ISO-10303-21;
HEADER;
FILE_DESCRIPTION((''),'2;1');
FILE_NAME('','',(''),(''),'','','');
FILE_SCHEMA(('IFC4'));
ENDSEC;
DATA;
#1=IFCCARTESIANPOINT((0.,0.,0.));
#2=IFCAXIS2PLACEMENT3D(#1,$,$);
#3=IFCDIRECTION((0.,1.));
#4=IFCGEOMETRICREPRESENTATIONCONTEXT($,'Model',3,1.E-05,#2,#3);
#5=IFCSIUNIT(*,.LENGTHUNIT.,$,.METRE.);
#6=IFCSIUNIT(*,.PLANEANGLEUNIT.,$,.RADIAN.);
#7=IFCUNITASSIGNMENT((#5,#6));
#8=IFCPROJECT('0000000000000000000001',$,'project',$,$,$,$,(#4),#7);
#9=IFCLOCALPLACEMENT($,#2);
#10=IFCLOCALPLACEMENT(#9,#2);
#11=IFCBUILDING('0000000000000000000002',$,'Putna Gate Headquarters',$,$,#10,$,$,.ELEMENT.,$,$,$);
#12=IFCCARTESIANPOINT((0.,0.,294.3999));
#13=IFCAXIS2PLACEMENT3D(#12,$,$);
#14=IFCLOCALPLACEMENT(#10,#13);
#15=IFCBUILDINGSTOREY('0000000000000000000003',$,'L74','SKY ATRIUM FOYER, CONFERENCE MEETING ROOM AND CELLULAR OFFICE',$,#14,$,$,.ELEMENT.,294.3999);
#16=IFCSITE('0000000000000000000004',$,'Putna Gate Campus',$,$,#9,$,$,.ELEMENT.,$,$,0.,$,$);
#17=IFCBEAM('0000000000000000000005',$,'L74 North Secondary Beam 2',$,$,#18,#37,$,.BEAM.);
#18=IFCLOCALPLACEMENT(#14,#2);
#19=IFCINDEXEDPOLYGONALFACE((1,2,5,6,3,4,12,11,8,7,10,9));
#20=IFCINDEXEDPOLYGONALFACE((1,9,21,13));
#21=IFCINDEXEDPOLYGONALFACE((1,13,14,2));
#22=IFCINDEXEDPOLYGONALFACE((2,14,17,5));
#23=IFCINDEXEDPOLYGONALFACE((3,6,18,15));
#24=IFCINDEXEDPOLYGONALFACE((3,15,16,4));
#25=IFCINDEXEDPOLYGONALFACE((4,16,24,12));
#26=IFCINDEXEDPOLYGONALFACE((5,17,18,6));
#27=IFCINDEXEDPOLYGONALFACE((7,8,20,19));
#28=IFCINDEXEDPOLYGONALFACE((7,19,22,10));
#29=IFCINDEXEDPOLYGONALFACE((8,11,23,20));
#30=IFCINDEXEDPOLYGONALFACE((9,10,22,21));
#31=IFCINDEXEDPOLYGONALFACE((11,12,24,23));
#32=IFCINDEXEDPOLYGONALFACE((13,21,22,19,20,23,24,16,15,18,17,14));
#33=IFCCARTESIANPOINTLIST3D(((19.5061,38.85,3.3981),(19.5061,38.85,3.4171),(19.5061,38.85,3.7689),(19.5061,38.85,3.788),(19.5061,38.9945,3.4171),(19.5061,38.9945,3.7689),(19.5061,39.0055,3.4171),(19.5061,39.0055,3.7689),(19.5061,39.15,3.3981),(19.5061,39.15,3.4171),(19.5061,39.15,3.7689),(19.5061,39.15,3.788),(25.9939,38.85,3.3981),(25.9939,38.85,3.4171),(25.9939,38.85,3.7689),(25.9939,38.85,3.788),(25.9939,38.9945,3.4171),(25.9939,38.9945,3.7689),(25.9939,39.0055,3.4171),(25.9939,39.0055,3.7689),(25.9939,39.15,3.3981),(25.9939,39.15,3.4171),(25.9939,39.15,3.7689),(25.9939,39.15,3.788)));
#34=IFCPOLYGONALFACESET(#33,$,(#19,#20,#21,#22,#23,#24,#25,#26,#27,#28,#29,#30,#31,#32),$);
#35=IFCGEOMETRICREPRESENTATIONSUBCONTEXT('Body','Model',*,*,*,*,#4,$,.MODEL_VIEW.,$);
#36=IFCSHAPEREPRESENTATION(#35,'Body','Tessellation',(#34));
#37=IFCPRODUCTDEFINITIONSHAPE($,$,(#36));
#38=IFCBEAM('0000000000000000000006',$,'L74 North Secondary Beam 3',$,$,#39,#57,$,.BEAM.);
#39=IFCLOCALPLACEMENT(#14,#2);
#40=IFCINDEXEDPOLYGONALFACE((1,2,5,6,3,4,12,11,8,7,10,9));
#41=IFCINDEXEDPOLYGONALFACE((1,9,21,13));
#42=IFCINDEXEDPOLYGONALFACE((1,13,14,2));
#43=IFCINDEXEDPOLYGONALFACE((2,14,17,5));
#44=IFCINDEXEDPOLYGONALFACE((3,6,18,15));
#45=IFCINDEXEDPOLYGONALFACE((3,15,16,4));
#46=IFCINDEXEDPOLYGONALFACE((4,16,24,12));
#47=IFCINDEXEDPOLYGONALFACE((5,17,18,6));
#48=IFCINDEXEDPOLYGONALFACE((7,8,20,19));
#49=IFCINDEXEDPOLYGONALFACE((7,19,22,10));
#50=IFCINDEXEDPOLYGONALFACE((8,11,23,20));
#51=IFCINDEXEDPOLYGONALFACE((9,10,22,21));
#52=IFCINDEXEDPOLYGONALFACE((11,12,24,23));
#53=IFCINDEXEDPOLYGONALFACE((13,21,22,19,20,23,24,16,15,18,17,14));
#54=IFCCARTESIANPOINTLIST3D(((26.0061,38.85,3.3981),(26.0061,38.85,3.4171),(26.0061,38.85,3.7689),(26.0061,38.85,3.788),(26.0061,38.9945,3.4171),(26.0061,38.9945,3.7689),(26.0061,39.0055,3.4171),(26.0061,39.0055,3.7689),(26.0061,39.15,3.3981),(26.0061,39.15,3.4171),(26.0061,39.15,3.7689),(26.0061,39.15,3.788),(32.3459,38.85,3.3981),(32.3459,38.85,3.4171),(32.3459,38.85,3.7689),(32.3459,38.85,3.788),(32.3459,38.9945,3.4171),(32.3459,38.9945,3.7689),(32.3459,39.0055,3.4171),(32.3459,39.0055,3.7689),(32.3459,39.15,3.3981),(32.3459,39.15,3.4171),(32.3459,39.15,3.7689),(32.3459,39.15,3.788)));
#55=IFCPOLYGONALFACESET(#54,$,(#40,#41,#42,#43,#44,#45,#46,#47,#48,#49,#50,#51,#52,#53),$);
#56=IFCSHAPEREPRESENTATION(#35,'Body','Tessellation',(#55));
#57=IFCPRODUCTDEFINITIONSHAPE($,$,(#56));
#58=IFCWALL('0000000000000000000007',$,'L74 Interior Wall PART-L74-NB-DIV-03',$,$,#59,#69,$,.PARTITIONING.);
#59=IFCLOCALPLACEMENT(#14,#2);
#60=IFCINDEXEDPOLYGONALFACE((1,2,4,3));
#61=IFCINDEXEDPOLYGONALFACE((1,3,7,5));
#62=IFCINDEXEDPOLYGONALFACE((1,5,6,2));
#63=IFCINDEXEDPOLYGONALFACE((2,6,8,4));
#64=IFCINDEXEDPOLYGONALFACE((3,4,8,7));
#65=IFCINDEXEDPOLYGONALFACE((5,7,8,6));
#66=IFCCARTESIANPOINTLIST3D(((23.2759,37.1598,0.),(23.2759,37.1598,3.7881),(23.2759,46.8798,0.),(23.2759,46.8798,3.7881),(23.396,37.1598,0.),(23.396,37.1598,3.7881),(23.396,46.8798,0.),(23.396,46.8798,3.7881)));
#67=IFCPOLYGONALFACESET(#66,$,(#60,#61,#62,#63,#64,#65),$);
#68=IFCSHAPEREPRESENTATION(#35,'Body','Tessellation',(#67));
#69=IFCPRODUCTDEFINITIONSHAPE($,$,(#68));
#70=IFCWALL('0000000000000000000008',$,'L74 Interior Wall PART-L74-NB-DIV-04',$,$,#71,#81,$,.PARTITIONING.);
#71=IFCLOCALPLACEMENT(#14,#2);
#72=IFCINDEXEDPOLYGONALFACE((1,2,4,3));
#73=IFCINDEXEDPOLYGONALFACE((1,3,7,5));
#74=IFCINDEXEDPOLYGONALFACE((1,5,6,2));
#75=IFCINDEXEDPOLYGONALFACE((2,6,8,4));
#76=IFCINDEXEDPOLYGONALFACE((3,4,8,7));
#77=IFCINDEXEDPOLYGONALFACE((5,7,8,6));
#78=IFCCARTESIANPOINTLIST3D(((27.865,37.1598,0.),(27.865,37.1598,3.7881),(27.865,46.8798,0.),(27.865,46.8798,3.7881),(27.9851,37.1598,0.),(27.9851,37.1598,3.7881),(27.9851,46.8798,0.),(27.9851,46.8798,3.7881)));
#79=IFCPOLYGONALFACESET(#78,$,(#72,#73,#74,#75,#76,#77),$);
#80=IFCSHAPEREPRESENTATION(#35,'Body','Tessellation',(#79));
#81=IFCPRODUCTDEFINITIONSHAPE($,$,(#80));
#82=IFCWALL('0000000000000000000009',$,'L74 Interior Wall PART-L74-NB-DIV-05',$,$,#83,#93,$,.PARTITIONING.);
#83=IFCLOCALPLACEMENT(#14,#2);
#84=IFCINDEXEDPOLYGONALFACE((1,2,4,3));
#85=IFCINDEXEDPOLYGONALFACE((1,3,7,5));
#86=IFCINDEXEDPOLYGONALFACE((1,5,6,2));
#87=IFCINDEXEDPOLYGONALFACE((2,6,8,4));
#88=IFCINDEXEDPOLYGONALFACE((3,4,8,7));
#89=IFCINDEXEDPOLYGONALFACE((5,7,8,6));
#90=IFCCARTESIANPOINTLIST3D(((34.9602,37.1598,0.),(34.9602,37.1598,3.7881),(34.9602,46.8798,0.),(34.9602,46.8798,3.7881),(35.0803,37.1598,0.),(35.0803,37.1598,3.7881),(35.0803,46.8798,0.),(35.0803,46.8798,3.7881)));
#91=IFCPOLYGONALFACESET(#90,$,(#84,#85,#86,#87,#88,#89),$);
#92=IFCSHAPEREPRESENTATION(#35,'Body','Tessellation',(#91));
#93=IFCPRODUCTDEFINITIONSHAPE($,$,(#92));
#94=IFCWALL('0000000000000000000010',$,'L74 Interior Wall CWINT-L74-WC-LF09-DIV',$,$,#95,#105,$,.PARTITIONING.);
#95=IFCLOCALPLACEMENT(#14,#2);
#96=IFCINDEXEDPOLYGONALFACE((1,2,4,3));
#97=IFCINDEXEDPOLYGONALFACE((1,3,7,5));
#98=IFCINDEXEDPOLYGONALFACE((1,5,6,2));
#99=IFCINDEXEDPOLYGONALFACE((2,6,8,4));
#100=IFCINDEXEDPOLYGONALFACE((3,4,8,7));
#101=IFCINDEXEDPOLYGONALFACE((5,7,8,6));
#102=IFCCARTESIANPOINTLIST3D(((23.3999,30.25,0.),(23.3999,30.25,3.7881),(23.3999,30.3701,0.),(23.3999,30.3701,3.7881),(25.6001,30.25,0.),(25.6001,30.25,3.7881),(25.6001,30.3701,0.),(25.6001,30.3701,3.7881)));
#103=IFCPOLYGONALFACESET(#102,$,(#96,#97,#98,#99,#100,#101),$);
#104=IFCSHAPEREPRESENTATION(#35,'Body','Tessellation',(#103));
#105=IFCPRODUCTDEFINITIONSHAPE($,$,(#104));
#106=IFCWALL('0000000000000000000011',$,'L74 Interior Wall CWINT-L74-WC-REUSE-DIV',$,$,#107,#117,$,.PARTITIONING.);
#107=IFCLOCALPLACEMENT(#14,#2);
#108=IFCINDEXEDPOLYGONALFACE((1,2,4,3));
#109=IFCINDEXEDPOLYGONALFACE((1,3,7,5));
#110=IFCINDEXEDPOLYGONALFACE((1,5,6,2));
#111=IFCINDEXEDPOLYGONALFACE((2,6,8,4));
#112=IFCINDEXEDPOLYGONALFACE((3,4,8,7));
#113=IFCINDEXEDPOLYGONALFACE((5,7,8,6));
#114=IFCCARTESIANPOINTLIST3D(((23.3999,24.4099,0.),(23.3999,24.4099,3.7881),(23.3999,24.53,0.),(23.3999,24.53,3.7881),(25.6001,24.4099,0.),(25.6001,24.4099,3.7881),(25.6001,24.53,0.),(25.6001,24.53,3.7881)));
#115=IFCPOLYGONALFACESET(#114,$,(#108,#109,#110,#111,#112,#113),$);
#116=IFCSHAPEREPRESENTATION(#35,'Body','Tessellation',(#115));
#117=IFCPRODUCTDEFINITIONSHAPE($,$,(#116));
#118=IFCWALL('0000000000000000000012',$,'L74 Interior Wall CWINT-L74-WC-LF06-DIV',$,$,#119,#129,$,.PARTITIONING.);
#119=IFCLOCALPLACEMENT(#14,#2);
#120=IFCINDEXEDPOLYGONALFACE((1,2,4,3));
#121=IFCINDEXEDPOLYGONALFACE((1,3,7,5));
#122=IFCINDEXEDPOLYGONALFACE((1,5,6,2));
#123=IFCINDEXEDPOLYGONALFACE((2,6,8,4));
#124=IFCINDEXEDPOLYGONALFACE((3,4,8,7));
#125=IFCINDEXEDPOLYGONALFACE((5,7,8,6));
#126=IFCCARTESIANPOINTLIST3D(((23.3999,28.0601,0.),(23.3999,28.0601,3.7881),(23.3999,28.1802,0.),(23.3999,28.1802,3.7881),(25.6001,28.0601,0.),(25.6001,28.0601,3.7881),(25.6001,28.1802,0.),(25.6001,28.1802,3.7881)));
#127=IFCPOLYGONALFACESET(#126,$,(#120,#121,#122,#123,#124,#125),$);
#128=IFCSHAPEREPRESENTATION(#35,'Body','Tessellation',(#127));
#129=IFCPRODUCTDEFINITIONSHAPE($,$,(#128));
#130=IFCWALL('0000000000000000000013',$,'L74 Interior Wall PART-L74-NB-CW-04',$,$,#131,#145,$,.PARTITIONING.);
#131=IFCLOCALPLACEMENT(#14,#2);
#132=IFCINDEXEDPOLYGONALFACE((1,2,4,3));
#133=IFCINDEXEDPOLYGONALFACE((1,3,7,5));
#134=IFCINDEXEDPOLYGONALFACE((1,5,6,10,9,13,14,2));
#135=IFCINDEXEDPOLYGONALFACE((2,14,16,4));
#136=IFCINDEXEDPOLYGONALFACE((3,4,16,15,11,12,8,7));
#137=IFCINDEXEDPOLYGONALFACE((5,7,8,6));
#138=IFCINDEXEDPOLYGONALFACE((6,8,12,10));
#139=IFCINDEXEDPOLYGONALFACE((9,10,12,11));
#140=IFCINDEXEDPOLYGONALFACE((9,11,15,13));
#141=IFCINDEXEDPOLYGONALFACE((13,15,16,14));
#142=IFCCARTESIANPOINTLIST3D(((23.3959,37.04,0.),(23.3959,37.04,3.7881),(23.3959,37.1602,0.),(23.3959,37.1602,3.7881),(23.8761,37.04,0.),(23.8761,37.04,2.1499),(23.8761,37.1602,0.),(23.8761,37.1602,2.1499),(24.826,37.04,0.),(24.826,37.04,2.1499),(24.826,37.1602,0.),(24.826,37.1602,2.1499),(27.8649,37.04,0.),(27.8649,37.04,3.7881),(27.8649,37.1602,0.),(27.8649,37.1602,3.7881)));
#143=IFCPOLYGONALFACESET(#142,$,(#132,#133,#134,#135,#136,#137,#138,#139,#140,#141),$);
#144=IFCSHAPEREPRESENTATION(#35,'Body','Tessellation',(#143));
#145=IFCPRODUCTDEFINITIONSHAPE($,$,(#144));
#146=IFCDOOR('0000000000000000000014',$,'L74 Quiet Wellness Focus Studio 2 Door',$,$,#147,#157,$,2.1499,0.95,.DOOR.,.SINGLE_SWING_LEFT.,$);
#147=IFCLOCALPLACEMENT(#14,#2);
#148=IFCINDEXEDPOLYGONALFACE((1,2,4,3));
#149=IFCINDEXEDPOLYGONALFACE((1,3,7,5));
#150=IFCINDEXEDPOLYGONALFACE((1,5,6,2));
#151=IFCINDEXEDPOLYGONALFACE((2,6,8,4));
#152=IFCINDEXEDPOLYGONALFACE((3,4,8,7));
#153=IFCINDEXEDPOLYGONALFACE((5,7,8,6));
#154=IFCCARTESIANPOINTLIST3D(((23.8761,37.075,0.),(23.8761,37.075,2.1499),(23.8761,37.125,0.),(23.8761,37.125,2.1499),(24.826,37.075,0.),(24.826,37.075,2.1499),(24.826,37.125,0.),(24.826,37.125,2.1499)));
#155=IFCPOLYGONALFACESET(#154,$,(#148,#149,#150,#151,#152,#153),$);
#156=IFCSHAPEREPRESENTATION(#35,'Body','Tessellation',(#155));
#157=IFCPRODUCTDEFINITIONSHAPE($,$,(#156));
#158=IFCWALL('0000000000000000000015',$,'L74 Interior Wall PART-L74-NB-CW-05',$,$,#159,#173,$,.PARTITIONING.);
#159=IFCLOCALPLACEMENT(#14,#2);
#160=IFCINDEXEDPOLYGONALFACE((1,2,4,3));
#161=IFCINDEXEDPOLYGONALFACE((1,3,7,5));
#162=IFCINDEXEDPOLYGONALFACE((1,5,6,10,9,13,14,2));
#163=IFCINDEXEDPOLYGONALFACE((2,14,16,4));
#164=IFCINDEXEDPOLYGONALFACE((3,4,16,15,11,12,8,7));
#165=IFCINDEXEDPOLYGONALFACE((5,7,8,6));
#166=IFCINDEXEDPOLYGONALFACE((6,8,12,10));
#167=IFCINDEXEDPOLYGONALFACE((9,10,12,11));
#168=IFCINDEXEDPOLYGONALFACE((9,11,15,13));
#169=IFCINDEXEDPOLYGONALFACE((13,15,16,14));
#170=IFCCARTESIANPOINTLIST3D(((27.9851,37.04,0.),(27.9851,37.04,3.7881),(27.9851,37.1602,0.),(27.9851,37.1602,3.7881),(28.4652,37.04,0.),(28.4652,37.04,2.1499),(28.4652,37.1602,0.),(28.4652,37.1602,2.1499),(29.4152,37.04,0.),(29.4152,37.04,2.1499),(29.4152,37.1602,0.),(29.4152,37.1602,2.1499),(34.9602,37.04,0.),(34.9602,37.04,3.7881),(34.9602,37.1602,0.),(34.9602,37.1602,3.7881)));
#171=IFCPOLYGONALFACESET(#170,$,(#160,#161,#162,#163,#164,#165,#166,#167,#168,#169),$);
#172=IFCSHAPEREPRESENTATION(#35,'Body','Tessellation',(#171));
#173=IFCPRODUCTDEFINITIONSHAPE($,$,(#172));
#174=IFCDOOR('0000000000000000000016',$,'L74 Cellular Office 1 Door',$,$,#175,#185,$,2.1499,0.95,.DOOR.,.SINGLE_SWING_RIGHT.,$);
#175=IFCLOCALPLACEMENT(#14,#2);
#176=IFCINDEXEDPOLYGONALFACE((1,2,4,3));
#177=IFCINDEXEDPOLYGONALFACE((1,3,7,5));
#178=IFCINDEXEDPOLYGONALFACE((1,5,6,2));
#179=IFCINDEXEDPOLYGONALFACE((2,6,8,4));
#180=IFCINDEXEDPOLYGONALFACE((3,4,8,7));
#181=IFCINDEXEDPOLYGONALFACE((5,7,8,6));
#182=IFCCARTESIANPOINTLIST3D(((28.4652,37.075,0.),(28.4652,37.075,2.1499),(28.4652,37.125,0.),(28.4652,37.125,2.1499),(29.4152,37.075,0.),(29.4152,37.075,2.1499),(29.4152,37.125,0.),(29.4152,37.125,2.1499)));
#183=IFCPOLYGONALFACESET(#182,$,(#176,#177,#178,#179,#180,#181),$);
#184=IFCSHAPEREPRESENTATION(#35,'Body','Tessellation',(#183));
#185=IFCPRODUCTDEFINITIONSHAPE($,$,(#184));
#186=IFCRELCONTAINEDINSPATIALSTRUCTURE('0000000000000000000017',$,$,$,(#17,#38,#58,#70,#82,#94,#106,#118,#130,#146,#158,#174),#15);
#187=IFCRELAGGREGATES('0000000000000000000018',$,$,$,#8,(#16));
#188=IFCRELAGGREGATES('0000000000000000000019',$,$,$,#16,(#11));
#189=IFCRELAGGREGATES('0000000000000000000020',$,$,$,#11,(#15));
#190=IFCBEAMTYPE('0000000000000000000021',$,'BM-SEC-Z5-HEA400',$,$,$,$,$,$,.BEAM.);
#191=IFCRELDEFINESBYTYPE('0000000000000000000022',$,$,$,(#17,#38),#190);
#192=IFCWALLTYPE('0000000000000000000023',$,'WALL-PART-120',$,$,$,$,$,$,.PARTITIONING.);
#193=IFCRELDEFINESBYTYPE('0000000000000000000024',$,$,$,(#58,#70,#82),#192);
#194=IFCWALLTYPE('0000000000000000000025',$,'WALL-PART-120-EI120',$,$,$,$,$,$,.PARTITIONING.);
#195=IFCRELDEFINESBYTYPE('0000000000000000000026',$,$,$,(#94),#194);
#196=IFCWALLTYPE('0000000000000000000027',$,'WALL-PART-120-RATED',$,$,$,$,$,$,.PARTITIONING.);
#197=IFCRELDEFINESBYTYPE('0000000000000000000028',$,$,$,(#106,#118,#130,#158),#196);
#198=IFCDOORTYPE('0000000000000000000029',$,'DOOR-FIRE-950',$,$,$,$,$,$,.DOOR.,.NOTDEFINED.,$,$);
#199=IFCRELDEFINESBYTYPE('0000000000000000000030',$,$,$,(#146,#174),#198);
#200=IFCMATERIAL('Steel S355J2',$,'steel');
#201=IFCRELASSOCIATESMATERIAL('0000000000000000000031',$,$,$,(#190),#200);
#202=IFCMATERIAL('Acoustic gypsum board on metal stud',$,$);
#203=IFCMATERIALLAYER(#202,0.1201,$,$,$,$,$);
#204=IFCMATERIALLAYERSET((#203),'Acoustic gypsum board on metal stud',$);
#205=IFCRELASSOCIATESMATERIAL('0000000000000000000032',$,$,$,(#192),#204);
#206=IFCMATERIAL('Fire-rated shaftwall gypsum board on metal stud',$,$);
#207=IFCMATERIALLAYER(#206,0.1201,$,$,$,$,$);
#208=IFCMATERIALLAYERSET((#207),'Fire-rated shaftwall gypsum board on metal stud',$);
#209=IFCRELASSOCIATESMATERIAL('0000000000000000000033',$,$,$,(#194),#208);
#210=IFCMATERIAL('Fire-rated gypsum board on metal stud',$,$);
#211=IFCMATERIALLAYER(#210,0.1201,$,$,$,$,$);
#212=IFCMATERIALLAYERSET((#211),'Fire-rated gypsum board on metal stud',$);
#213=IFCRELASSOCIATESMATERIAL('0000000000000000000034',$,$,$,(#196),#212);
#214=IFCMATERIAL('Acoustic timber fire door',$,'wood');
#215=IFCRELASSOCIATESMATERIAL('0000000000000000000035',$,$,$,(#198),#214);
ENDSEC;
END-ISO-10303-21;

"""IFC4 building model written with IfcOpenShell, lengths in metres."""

from ifc_helpers import new_model, si_unit, direction, frame, frame_2d, origin, origin_2d, place, context, subcontext, project, spatial, rectangle, i_section, extrude, material, layer, layer_set, material_profile, profile_set, type_object, element, fill, save


model = new_model("IFC4")

# Units and contexts
model_context = context("Model", 3, precision=1e-05, world=origin(), true_north=direction((0.0, 1.0)))
body_context = subcontext(model_context, "Body", "Model", "MODEL_VIEW")
ifc_project = project(units=[si_unit("LENGTHUNIT", "METRE"), si_unit("PLANEANGLEUNIT", "RADIAN")], contexts=[model_context])

# Site, building, storey
site_placement = place(None, origin())
site = spatial("IfcSite", under=ifc_project, at=site_placement, Name="Putna Gate Campus", CompositionType="ELEMENT", RefElevation=0.0)
building_placement = place(site_placement, origin())
building = spatial("IfcBuilding", under=site, at=building_placement, Name="Putna Gate Headquarters", CompositionType="ELEMENT")
storey_placement = place(building_placement, frame((0.0, 0.0, 294.3999)))
storey = spatial("IfcBuildingStorey", under=building, at=storey_placement, Name="L74", Description="SKY ATRIUM FOYER, CONFERENCE MEETING ROOM AND CELLULAR OFFICE", CompositionType="ELEMENT", Elevation=294.3999)

# Beams
ifc_material_1 = material(Name="Steel S355J2", Category="steel")
ifc_material_profile_1 = material_profile(ifc_material_1, i_section(OverallWidth=0.3, OverallDepth=0.3899, WebThickness=0.011, FlangeThickness=0.019, at=origin_2d()), Name="Steel S355J2")
ifc_profile_set_1 = profile_set([ifc_material_profile_1], Name="Steel S355J2")
beam_type_1 = type_object("IfcBeamType", Name="BM-SEC-Z5-HEA400", PredefinedType="BEAM", material=ifc_profile_set_1)
beam_1_placement = place(storey_placement, frame((19.5061, 39.0, 3.593), z_axis=(1.0, 0.0, 0.0), x_axis=(0.0, 1.0, 0.0)))
element("IfcBeam", 1, at=beam_1_placement, inside=storey, type_object=beam_type_1, Name="L74 North Secondary Beam 2", PredefinedType="BEAM", context=body_context, shape_type="SweptSolid", body=[
    extrude(i_section(OverallWidth=0.3, OverallDepth=0.3899, WebThickness=0.011, FlangeThickness=0.019, at=origin_2d()), origin(), (0.0, 0.0, 1.0), 6.4878),
])
beam_2_placement = place(storey_placement, frame((26.0061, 39.0, 3.593), z_axis=(1.0, 0.0, 0.0), x_axis=(0.0, 1.0, 0.0)))
element("IfcBeam", 2, at=beam_2_placement, inside=storey, type_object=beam_type_1, Name="L74 North Secondary Beam 3", PredefinedType="BEAM", context=body_context, shape_type="SweptSolid", body=[
    extrude(i_section(OverallWidth=0.3, OverallDepth=0.3899, WebThickness=0.011, FlangeThickness=0.019, at=origin_2d()), origin(), (0.0, 0.0, 1.0), 6.3398),
])

# Walls
ifc_material_2 = material(Name="Acoustic gypsum board on metal stud")
ifc_layer_1 = layer(ifc_material_2, 0.1201)
ifc_layer_set_1 = layer_set([ifc_layer_1], Name="Acoustic gypsum board on metal stud")
wall_type_1 = type_object("IfcWallType", Name="WALL-PART-120", PredefinedType="PARTITIONING", material=ifc_layer_set_1)
for number, where, z_axis, x_axis, name in (
    (3, (23.3359, 37.1599, 0.0), (0.0, 0.0, 1.0), (0.0, 1.0, 0.0), "L74 Interior Wall PART-L74-NB-DIV-03"),
    (4, (27.925, 37.1599, 0.0), (0.0, 0.0, 1.0), (0.0, 1.0, 0.0), "L74 Interior Wall PART-L74-NB-DIV-04"),
    (5, (35.0203, 37.1599, 0.0), (0.0, 0.0, 1.0), (0.0, 1.0, 0.0), "L74 Interior Wall PART-L74-NB-DIV-05"),
):
    element("IfcWall", number, at=place(storey_placement, frame(where, z_axis=z_axis, x_axis=x_axis)), inside=storey, type_object=wall_type_1, Name=name, PredefinedType="PARTITIONING", context=body_context, shape_type="SweptSolid", body=[
        extrude(rectangle(XDim=9.72, YDim=0.1201, at=frame_2d((4.8599, 0.0))), origin(), (0.0, 0.0, 1.0), 3.7881),
    ])
ifc_material_3 = material(Name="Fire-rated shaftwall gypsum board on metal stud")
ifc_layer_2 = layer(ifc_material_3, 0.1201)
ifc_layer_set_2 = layer_set([ifc_layer_2], Name="Fire-rated shaftwall gypsum board on metal stud")
wall_type_2 = type_object("IfcWallType", Name="WALL-PART-120-EI120", PredefinedType="PARTITIONING", material=ifc_layer_set_2)
wall_1_placement = place(storey_placement, frame((23.3999, 30.3101, 0.0), z_axis=(0.0, 0.0, 1.0), x_axis=(1.0, 0.0, 0.0)))
element("IfcWall", 6, at=wall_1_placement, inside=storey, type_object=wall_type_2, Name="L74 Interior Wall CWINT-L74-WC-LF09-DIV", PredefinedType="PARTITIONING", context=body_context, shape_type="SweptSolid", body=[
    extrude(rectangle(XDim=2.2002, YDim=0.1201, at=frame_2d((1.1001, 0.0))), origin(), (0.0, 0.0, 1.0), 3.7881),
])
ifc_material_4 = material(Name="Fire-rated gypsum board on metal stud")
ifc_layer_3 = layer(ifc_material_4, 0.1201)
ifc_layer_set_3 = layer_set([ifc_layer_3], Name="Fire-rated gypsum board on metal stud")
wall_type_3 = type_object("IfcWallType", Name="WALL-PART-120-RATED", PredefinedType="PARTITIONING", material=ifc_layer_set_3)
for number, where, z_axis, x_axis, name in (
    (7, (23.3999, 24.47, 0.0), (0.0, 0.0, 1.0), (1.0, 0.0, 0.0), "L74 Interior Wall CWINT-L74-WC-REUSE-DIV"),
    (8, (23.3999, 28.1201, 0.0), (0.0, 0.0, 1.0), (1.0, 0.0, 0.0), "L74 Interior Wall CWINT-L74-WC-LF06-DIV"),
):
    element("IfcWall", number, at=place(storey_placement, frame(where, z_axis=z_axis, x_axis=x_axis)), inside=storey, type_object=wall_type_3, Name=name, PredefinedType="PARTITIONING", context=body_context, shape_type="SweptSolid", body=[
        extrude(rectangle(XDim=2.2002, YDim=0.1201, at=frame_2d((1.1001, 0.0))), origin(), (0.0, 0.0, 1.0), 3.7881),
    ])

# Walls, openings, doors
wall_2_placement = place(storey_placement, frame((23.396, 37.1001, 0.0), z_axis=(0.0, 0.0, 1.0), x_axis=(1.0, 0.0, 0.0)))
wall_2 = element("IfcWall", 9, at=wall_2_placement, inside=storey, type_object=wall_type_3, Name="L74 Interior Wall PART-L74-NB-CW-04", PredefinedType="PARTITIONING", context=body_context, shape_type="SweptSolid", body=[
    extrude(rectangle(XDim=4.469, YDim=0.1201, at=frame_2d((2.2344, 0.0))), origin(), (0.0, 0.0, 1.0), 3.7881),
])
opening_1_placement = place(wall_2_placement, frame((0.48, 0.0, 0.0)))
opening_1 = element("IfcOpeningElement", 10, at=opening_1_placement, cuts=wall_2, PredefinedType="OPENING", context=body_context, shape_type="SweptSolid", body=[
    extrude(rectangle(XDim=0.95, YDim=2.1499, at=frame_2d((0.4751, 1.075))), frame((0.0, 0.0701, 0.0), z_axis=(0.0, -1.0, 0.0), x_axis=(1.0, 0.0, 0.0)), (0.0, 0.0, 1.0), 0.1401),
])
ifc_material_5 = material(Name="Acoustic timber fire door", Category="wood")
door_type = type_object("IfcDoorType", Name="DOOR-FIRE-950", OperationType="NOTDEFINED", PredefinedType="DOOR", material=ifc_material_5)
door_1_placement = place(opening_1_placement, origin())
door_1 = element("IfcDoor", 11, at=door_1_placement, inside=storey, type_object=door_type, Name="L74 Quiet Wellness Focus Studio 2 Door", OperationType="SINGLE_SWING_LEFT", OverallHeight=2.1499, OverallWidth=0.95, PredefinedType="DOOR", context=body_context, shape_type="SweptSolid", body=[
    extrude(rectangle(XDim=0.95, YDim=2.1499, at=frame_2d((0.4751, 1.075))), frame((0.0, 0.0249, 0.0), z_axis=(0.0, -1.0, 0.0), x_axis=(1.0, 0.0, 0.0)), (0.0, 0.0, 1.0), 0.05),
])
fill(opening_1, door_1)
wall_3_placement = place(storey_placement, frame((27.9851, 37.1001, 0.0), z_axis=(0.0, 0.0, 1.0), x_axis=(1.0, 0.0, 0.0)))
wall_3 = element("IfcWall", 12, at=wall_3_placement, inside=storey, type_object=wall_type_3, Name="L74 Interior Wall PART-L74-NB-CW-05", PredefinedType="PARTITIONING", context=body_context, shape_type="SweptSolid", body=[
    extrude(rectangle(XDim=6.9751, YDim=0.1201, at=frame_2d((3.4875, 0.0))), origin(), (0.0, 0.0, 1.0), 3.7881),
])
opening_2_placement = place(wall_3_placement, frame((0.48, 0.0, 0.0)))
opening_2 = element("IfcOpeningElement", 13, at=opening_2_placement, cuts=wall_3, PredefinedType="OPENING", context=body_context, shape_type="SweptSolid", body=[
    extrude(rectangle(XDim=0.95, YDim=2.1499, at=frame_2d((0.4751, 1.075))), frame((0.0, 0.0701, 0.0), z_axis=(0.0, -1.0, 0.0), x_axis=(1.0, 0.0, 0.0)), (0.0, 0.0, 1.0), 0.1401),
])
door_2_placement = place(opening_2_placement, origin())
door_2 = element("IfcDoor", 14, at=door_2_placement, inside=storey, type_object=door_type, Name="L74 Cellular Office 1 Door", OperationType="SINGLE_SWING_RIGHT", OverallHeight=2.1499, OverallWidth=0.95, PredefinedType="DOOR", context=body_context, shape_type="SweptSolid", body=[
    extrude(rectangle(XDim=0.95, YDim=2.1499, at=frame_2d((0.4751, 1.075))), frame((0.0, 0.0249, 0.0), z_axis=(0.0, -1.0, 0.0), x_axis=(1.0, 0.0, 0.0)), (0.0, 0.0, 1.0), 0.05),
])
fill(opening_2, door_2)

save(model, "model.ifc")
